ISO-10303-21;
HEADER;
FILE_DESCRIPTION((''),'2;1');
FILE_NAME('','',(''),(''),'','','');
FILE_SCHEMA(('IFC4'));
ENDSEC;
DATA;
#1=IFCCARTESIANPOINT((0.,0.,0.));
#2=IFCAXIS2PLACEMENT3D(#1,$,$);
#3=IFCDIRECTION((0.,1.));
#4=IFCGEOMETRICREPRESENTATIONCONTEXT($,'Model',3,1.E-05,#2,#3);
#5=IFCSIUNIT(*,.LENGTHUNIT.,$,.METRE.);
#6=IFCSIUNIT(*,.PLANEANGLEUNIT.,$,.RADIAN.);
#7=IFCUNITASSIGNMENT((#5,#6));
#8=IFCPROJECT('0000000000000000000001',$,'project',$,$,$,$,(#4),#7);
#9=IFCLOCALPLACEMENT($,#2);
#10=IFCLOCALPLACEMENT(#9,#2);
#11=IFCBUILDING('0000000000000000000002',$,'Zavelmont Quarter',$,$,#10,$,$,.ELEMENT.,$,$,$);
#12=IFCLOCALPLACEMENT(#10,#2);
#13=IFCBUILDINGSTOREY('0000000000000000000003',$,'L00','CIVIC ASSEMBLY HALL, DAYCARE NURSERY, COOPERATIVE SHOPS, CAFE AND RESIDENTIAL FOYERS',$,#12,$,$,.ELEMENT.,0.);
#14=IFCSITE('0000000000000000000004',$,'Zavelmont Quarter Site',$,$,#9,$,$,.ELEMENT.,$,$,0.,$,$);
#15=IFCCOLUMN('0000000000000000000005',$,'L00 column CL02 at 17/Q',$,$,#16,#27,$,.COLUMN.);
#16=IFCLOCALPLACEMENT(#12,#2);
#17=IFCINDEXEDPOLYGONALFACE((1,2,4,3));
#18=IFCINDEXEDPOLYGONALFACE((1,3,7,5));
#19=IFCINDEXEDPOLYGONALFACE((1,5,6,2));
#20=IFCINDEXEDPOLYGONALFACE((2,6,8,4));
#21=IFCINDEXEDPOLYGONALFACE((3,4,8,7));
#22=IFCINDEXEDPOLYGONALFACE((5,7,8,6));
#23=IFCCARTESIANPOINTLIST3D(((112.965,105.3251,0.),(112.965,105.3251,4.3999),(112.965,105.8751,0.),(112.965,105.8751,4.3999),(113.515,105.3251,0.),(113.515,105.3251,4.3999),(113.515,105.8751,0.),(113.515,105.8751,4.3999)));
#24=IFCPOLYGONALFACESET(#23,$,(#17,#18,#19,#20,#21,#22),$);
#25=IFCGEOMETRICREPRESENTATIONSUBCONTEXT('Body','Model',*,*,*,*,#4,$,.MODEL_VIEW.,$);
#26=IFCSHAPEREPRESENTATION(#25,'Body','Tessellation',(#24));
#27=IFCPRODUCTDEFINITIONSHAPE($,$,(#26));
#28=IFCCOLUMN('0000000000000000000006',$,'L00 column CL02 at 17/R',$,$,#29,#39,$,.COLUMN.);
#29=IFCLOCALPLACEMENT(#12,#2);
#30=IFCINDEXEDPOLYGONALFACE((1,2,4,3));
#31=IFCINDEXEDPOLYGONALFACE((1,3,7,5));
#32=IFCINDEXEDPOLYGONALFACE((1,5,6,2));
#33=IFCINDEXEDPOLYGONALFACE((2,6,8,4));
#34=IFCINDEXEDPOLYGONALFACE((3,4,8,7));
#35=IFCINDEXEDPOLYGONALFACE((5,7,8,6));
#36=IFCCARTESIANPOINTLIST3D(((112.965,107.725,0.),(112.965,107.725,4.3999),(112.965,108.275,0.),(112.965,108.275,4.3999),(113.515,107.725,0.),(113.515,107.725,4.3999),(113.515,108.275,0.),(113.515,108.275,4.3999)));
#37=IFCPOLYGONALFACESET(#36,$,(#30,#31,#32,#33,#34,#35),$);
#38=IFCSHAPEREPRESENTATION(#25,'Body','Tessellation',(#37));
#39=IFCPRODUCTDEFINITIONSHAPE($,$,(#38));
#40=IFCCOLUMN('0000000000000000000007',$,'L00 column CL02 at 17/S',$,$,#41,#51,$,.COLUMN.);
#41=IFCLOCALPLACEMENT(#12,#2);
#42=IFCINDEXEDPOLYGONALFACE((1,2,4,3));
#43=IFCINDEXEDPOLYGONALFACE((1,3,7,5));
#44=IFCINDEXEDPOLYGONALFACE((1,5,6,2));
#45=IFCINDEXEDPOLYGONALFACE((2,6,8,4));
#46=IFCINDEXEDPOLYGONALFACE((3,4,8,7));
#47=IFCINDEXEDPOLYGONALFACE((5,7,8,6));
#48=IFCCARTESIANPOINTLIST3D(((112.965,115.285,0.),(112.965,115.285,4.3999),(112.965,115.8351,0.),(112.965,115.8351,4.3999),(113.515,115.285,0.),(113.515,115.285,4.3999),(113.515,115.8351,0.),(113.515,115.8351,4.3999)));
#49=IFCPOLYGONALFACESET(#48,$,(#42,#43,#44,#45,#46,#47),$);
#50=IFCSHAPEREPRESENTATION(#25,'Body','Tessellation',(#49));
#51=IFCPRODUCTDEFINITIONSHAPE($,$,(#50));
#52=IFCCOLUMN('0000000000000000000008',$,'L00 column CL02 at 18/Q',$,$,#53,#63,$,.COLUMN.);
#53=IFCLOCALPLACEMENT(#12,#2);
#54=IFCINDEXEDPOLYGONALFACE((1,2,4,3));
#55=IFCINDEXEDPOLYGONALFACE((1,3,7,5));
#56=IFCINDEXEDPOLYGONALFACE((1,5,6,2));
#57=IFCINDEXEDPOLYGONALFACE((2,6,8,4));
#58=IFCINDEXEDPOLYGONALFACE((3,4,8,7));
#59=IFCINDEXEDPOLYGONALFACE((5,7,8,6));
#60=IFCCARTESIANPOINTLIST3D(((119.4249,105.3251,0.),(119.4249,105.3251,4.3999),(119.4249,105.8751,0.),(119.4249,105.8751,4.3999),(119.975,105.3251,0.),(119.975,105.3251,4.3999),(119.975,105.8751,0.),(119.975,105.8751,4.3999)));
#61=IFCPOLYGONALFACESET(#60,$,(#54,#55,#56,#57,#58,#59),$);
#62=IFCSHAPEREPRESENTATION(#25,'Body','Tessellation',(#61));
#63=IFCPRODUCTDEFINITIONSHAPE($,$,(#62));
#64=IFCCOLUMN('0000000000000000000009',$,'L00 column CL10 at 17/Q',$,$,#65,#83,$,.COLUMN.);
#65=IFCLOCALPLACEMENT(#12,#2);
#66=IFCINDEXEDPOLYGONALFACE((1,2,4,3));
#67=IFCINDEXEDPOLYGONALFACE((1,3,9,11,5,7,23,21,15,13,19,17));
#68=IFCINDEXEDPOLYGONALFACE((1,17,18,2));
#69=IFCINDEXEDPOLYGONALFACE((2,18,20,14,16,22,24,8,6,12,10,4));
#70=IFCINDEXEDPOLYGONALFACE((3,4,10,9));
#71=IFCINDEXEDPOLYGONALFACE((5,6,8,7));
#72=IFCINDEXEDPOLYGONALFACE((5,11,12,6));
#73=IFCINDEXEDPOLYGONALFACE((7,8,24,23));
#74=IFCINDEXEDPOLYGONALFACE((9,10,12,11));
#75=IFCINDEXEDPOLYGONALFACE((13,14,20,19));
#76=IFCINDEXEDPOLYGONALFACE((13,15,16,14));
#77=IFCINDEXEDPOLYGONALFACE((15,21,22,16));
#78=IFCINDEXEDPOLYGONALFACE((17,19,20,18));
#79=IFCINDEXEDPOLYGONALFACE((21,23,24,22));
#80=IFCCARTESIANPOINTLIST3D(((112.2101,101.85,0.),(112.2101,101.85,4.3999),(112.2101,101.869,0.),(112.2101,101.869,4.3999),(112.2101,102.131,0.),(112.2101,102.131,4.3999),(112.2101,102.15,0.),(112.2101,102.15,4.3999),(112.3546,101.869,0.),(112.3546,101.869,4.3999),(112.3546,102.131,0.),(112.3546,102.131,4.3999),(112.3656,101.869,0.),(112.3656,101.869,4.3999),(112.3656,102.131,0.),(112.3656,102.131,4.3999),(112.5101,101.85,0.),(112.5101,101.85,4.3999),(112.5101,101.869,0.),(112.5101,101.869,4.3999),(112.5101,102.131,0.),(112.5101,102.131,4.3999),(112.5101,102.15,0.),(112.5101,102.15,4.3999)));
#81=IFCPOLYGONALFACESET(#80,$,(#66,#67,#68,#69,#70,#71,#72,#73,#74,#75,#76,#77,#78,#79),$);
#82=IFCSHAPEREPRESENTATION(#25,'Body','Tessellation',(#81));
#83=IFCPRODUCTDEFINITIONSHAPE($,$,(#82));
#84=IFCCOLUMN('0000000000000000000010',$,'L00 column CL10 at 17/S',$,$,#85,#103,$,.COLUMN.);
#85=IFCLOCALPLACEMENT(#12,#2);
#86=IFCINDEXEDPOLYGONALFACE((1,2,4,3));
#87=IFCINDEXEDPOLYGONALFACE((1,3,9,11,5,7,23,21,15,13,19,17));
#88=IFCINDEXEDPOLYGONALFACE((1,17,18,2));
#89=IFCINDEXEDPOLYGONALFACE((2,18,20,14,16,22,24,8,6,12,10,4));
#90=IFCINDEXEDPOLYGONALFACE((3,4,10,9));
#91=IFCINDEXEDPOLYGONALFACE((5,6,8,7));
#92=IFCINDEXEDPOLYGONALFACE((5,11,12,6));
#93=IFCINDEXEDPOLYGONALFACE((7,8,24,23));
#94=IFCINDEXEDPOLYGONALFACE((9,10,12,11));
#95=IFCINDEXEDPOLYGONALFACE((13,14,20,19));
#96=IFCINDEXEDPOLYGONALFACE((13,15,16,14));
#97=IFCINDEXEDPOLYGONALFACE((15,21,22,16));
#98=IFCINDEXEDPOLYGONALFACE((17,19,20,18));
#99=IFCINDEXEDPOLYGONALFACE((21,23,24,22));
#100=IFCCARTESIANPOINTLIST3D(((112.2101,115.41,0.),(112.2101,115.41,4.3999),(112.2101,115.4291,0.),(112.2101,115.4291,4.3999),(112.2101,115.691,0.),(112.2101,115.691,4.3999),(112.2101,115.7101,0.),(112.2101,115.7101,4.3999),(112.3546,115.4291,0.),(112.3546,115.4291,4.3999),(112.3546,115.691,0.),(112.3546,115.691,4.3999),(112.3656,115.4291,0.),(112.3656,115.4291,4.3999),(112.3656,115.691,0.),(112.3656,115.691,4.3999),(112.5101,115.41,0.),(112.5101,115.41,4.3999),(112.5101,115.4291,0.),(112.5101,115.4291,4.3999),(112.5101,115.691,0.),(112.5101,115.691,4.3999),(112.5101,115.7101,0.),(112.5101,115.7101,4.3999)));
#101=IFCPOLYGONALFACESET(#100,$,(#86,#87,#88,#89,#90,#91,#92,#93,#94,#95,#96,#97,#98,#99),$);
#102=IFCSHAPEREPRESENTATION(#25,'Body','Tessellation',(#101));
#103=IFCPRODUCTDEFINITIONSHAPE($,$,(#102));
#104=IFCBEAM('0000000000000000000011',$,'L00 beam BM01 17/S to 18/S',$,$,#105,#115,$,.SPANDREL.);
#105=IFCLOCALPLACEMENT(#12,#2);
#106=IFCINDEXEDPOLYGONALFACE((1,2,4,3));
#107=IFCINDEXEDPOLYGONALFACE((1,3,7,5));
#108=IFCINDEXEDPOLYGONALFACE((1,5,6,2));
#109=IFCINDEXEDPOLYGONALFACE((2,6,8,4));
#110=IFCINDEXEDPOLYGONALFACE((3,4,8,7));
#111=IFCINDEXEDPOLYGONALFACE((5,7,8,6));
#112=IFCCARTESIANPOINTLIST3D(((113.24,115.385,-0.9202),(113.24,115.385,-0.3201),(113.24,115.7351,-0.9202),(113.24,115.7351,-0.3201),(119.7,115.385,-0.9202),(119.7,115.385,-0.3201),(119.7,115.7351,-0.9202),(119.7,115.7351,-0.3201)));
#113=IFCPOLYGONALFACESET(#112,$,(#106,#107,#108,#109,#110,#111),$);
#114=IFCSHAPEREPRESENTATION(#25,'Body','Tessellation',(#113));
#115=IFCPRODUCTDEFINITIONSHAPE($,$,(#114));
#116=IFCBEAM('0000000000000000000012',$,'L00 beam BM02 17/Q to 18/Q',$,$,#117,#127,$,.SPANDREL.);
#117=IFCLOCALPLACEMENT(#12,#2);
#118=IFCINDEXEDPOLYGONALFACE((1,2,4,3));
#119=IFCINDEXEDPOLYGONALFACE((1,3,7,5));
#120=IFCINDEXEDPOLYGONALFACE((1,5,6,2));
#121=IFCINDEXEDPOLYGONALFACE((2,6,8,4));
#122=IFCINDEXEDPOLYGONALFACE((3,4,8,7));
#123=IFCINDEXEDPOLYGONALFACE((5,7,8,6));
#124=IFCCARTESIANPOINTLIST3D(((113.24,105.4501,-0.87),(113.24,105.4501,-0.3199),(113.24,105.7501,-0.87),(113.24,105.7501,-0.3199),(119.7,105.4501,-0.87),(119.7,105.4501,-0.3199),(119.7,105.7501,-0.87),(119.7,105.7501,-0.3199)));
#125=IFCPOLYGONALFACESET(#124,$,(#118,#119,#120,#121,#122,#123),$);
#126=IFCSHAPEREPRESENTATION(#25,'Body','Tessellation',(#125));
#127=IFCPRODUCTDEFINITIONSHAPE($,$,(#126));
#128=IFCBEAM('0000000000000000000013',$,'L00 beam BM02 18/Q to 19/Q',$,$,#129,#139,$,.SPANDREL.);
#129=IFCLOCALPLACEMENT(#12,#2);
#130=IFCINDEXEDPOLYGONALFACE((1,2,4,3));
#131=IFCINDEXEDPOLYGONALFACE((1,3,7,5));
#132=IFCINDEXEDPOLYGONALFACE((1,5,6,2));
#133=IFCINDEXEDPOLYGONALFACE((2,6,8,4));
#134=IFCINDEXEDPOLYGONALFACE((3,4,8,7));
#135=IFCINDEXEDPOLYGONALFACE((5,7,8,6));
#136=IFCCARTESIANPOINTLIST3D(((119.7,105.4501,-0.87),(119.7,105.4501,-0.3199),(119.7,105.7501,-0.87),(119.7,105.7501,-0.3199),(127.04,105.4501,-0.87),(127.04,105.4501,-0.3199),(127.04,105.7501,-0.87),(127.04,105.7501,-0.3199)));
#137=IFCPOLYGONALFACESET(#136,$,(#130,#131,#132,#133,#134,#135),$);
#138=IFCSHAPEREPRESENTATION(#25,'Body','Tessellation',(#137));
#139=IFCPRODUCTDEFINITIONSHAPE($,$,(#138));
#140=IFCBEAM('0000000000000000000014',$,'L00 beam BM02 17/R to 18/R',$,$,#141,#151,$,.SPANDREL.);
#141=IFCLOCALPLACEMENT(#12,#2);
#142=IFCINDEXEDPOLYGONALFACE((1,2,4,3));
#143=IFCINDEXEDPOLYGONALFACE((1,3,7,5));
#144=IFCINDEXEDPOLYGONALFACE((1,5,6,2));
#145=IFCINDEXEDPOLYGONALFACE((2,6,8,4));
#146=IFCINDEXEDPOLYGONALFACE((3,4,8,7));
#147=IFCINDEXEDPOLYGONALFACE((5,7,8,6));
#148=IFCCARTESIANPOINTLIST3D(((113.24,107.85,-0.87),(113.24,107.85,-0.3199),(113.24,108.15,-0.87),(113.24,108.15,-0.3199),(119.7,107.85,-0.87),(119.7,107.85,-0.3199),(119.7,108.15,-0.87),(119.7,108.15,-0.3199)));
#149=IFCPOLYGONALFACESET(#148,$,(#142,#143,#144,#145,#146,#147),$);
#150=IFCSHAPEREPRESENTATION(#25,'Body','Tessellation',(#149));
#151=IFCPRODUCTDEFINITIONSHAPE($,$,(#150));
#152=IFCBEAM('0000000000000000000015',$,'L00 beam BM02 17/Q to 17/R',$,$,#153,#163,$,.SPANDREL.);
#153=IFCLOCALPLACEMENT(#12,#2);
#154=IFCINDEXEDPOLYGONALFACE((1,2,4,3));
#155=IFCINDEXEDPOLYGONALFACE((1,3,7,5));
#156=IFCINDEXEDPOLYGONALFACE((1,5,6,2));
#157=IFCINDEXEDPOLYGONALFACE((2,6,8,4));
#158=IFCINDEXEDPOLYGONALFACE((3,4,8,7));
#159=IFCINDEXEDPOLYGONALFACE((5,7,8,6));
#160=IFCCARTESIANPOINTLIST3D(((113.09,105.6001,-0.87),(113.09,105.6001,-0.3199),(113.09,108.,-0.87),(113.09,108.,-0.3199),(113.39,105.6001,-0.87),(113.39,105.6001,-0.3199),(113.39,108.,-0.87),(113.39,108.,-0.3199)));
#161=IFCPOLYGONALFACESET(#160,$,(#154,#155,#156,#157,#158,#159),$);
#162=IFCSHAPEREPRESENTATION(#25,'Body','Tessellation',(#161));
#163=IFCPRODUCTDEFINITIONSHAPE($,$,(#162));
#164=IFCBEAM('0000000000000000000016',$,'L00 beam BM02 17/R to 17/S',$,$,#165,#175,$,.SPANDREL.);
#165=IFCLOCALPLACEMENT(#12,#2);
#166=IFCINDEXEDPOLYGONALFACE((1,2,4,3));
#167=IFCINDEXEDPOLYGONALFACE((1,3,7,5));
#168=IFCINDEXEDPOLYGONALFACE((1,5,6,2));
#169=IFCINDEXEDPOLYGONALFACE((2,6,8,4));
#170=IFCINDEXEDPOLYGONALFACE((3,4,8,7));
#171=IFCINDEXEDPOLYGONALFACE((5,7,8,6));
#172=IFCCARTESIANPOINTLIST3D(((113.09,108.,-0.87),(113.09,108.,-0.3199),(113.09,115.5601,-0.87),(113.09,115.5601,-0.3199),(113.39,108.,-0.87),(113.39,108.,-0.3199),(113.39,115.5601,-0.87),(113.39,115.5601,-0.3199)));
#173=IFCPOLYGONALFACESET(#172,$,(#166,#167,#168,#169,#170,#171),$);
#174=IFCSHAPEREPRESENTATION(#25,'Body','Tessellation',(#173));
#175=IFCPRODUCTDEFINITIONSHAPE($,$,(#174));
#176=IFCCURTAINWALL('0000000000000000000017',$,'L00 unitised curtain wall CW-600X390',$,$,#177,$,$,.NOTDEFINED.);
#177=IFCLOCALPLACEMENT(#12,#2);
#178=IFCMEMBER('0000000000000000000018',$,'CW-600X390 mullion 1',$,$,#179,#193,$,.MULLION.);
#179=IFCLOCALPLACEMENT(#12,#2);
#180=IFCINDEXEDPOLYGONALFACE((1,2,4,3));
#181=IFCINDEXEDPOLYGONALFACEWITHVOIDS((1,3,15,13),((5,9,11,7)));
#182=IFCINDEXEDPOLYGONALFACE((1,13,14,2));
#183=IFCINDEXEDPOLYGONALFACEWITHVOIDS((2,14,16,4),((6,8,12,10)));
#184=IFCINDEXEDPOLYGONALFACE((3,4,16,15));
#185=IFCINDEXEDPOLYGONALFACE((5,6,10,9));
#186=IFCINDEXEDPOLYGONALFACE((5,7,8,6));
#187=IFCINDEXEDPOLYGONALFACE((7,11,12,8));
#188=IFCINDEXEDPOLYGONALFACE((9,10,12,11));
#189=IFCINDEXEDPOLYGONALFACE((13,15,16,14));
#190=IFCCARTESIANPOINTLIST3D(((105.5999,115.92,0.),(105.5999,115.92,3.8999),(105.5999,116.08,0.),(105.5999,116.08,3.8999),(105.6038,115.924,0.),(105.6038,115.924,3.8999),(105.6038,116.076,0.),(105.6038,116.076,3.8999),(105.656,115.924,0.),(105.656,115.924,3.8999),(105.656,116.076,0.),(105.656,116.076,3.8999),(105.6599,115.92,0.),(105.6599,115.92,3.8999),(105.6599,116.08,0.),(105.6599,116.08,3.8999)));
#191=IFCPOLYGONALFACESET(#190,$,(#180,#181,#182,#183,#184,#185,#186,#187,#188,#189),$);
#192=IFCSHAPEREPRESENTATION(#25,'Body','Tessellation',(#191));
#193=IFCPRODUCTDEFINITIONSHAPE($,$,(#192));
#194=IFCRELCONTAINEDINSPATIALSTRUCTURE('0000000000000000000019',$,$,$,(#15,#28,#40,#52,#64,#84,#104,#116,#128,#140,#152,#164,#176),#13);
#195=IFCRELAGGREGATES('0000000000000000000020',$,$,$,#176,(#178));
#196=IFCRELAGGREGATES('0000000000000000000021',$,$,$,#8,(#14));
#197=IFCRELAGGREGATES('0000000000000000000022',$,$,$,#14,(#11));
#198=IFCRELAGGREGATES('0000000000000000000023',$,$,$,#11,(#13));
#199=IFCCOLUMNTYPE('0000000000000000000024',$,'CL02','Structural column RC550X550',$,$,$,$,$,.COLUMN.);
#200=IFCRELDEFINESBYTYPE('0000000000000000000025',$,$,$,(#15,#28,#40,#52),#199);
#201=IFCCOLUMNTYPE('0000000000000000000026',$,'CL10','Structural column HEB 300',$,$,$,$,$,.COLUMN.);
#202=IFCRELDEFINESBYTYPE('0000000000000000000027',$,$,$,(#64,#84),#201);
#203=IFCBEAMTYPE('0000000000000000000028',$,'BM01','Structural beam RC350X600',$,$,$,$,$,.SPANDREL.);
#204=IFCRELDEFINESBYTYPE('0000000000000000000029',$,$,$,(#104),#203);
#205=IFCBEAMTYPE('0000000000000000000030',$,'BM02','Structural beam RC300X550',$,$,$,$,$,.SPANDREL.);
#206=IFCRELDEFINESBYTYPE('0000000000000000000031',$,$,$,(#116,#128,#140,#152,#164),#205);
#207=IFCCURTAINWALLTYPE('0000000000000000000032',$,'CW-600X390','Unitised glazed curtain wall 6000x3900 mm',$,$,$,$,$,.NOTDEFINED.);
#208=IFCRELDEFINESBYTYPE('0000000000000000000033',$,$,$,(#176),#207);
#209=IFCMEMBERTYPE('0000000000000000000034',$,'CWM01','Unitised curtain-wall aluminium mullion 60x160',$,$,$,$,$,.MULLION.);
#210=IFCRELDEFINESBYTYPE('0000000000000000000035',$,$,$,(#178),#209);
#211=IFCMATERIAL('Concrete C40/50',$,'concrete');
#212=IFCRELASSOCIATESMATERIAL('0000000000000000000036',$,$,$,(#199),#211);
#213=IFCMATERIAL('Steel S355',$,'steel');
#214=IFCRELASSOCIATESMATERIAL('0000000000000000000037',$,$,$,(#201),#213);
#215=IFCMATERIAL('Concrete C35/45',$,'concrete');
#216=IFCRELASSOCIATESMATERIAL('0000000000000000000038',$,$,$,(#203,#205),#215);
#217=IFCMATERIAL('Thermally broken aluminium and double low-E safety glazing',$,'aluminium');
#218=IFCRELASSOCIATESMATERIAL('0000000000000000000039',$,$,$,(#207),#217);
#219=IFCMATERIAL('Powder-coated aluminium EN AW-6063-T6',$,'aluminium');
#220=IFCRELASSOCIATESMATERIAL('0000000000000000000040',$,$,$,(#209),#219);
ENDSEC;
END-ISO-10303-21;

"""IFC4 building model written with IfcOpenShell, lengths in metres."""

from ifc_helpers import new_model, si_unit, direction, frame, origin, origin_2d, place, context, subcontext, project, spatial, rectangle, hollow_rectangle, i_section, extrude, material, material_profile, profile_set, type_object, element, aggregate, save


model = new_model("IFC4")

# Units and contexts
model_context = context("Model", 3, precision=1e-05, world=origin(), true_north=direction((0.0, 1.0)))
body_context = subcontext(model_context, "Body", "Model", "MODEL_VIEW")
ifc_project = project(units=[si_unit("LENGTHUNIT", "METRE"), si_unit("PLANEANGLEUNIT", "RADIAN")], contexts=[model_context])

# Site, building, storey
site_placement = place(None, origin())
site = spatial("IfcSite", under=ifc_project, at=site_placement, Name="Zavelmont Quarter Site", CompositionType="ELEMENT", RefElevation=0.0)
building_placement = place(site_placement, origin())
building = spatial("IfcBuilding", under=site, at=building_placement, Name="Zavelmont Quarter", CompositionType="ELEMENT")
storey_placement = place(building_placement, origin())
storey = spatial("IfcBuildingStorey", under=building, at=storey_placement, Name="L00", Description="CIVIC ASSEMBLY HALL, DAYCARE NURSERY, COOPERATIVE SHOPS, CAFE AND RESIDENTIAL FOYERS", CompositionType="ELEMENT", Elevation=0.0)

# Columns
ifc_material_1 = material(Name="Concrete C40/50", Category="concrete")
ifc_material_profile_1 = material_profile(ifc_material_1, rectangle(XDim=0.55, YDim=0.55, at=origin_2d()), Name="RC550X550")
ifc_profile_set_1 = profile_set([ifc_material_profile_1], Name="Concrete C40/50")
column_type_1 = type_object("IfcColumnType", Name="CL02", Description="Structural column RC550X550", PredefinedType="COLUMN", material=ifc_profile_set_1)
for number, where, z_axis, x_axis, name in (
    (1, (113.24, 105.6001, 0.0), (0.0, 0.0, 1.0), (1.0, 0.0, 0.0), "L00 column CL02 at 17/Q"),
    (2, (113.24, 108.0, 0.0), (0.0, 0.0, 1.0), (1.0, 0.0, 0.0), "L00 column CL02 at 17/R"),
    (3, (113.24, 115.5601, 0.0), (0.0, 0.0, 1.0), (1.0, 0.0, 0.0), "L00 column CL02 at 17/S"),
    (4, (119.7, 105.6001, 0.0), (0.0, 0.0, 1.0), (1.0, 0.0, 0.0), "L00 column CL02 at 18/Q"),
):
    element("IfcColumn", number, at=place(storey_placement, frame(where, z_axis=z_axis, x_axis=x_axis)), inside=storey, type_object=column_type_1, Name=name, PredefinedType="COLUMN", context=body_context, shape_type="SweptSolid", body=[
        extrude(rectangle(XDim=0.55, YDim=0.55, at=origin_2d()), origin(), (0.0, 0.0, 1.0), 4.3999),
    ])
ifc_material_2 = material(Name="Steel S355", Category="steel")
ifc_material_profile_2 = material_profile(ifc_material_2, i_section(OverallWidth=0.3, OverallDepth=0.3, WebThickness=0.011, FlangeThickness=0.019, at=origin_2d()), Name="HEB 300")
ifc_profile_set_2 = profile_set([ifc_material_profile_2], Name="Steel S355")
column_type_2 = type_object("IfcColumnType", Name="CL10", Description="Structural column HEB 300", PredefinedType="COLUMN", material=ifc_profile_set_2)
for number, where, z_axis, x_axis, name in (
    (5, (112.3601, 102.0, 0.0), (0.0, 0.0, 1.0), (1.0, 0.0, 0.0), "L00 column CL10 at 17/Q"),
    (6, (112.3601, 115.5601, 0.0), (0.0, 0.0, 1.0), (1.0, 0.0, 0.0), "L00 column CL10 at 17/S"),
):
    element("IfcColumn", number, at=place(storey_placement, frame(where, z_axis=z_axis, x_axis=x_axis)), inside=storey, type_object=column_type_2, Name=name, PredefinedType="COLUMN", context=body_context, shape_type="SweptSolid", body=[
        extrude(i_section(OverallWidth=0.3, OverallDepth=0.3, WebThickness=0.011, FlangeThickness=0.019, at=origin_2d()), origin(), (0.0, 0.0, 1.0), 4.3999),
    ])

# Beams
ifc_material_3 = material(Name="Concrete C35/45", Category="concrete")
ifc_material_profile_3 = material_profile(ifc_material_3, rectangle(XDim=0.3501, YDim=0.6001, at=origin_2d()), Name="RC350X600")
ifc_profile_set_3 = profile_set([ifc_material_profile_3], Name="Concrete C35/45")
beam_type_1 = type_object("IfcBeamType", Name="BM01", Description="Structural beam RC350X600", PredefinedType="SPANDREL", material=ifc_profile_set_3)
beam_1_placement = place(storey_placement, frame((113.24, 115.5601, -0.6201), z_axis=(1.0, 0.0, 0.0), x_axis=(0.0, 1.0, 0.0)))
element("IfcBeam", 7, at=beam_1_placement, inside=storey, type_object=beam_type_1, Name="L00 beam BM01 17/S to 18/S", PredefinedType="SPANDREL", context=body_context, shape_type="SweptSolid", body=[
    extrude(rectangle(XDim=0.3501, YDim=0.6001, at=origin_2d()), origin(), (0.0, 0.0, 1.0), 6.46),
])
ifc_material_profile_4 = material_profile(ifc_material_3, rectangle(XDim=0.3, YDim=0.55, at=origin_2d()), Name="RC300X550")
ifc_profile_set_4 = profile_set([ifc_material_profile_4], Name="Concrete C35/45")
beam_type_2 = type_object("IfcBeamType", Name="BM02", Description="Structural beam RC300X550", PredefinedType="SPANDREL", material=ifc_profile_set_4)
beam_2_placement = place(storey_placement, frame((113.24, 105.6001, -0.595), z_axis=(1.0, 0.0, 0.0), x_axis=(0.0, 1.0, 0.0)))
element("IfcBeam", 8, at=beam_2_placement, inside=storey, type_object=beam_type_2, Name="L00 beam BM02 17/Q to 18/Q", PredefinedType="SPANDREL", context=body_context, shape_type="SweptSolid", body=[
    extrude(rectangle(XDim=0.3, YDim=0.55, at=origin_2d()), origin(), (0.0, 0.0, 1.0), 6.46),
])
beam_3_placement = place(storey_placement, frame((119.7, 105.6001, -0.595), z_axis=(1.0, 0.0, 0.0), x_axis=(0.0, 1.0, 0.0)))
element("IfcBeam", 9, at=beam_3_placement, inside=storey, type_object=beam_type_2, Name="L00 beam BM02 18/Q to 19/Q", PredefinedType="SPANDREL", context=body_context, shape_type="SweptSolid", body=[
    extrude(rectangle(XDim=0.3, YDim=0.55, at=origin_2d()), origin(), (0.0, 0.0, 1.0), 7.3401),
])
beam_4_placement = place(storey_placement, frame((113.24, 108.0, -0.595), z_axis=(1.0, 0.0, 0.0), x_axis=(0.0, 1.0, 0.0)))
element("IfcBeam", 10, at=beam_4_placement, inside=storey, type_object=beam_type_2, Name="L00 beam BM02 17/R to 18/R", PredefinedType="SPANDREL", context=body_context, shape_type="SweptSolid", body=[
    extrude(rectangle(XDim=0.3, YDim=0.55, at=origin_2d()), origin(), (0.0, 0.0, 1.0), 6.46),
])
beam_5_placement = place(storey_placement, frame((113.24, 105.6001, -0.595), z_axis=(0.0, 1.0, 0.0), x_axis=(-1.0, 0.0, 0.0)))
element("IfcBeam", 11, at=beam_5_placement, inside=storey, type_object=beam_type_2, Name="L00 beam BM02 17/Q to 17/R", PredefinedType="SPANDREL", context=body_context, shape_type="SweptSolid", body=[
    extrude(rectangle(XDim=0.3, YDim=0.55, at=origin_2d()), origin(), (0.0, 0.0, 1.0), 2.3999),
])
beam_6_placement = place(storey_placement, frame((113.24, 108.0, -0.595), z_axis=(0.0, 1.0, 0.0), x_axis=(-1.0, 0.0, 0.0)))
element("IfcBeam", 12, at=beam_6_placement, inside=storey, type_object=beam_type_2, Name="L00 beam BM02 17/R to 17/S", PredefinedType="SPANDREL", context=body_context, shape_type="SweptSolid", body=[
    extrude(rectangle(XDim=0.3, YDim=0.55, at=origin_2d()), origin(), (0.0, 0.0, 1.0), 7.5601),
])

# Curtain wall, member
ifc_material_4 = material(Name="Thermally broken aluminium and double low-E safety glazing", Category="aluminium")
curtain_wall_type_1 = type_object("IfcCurtainWallType", Name="CW-600X390", Description="Unitised glazed curtain wall 6000x3900 mm", PredefinedType="NOTDEFINED", material=ifc_material_4)
curtain_wall_1_placement = place(storey_placement, origin())
curtain_wall_1 = element("IfcCurtainWall", 13, at=curtain_wall_1_placement, inside=storey, type_object=curtain_wall_type_1, Name="L00 unitised curtain wall CW-600X390", PredefinedType="NOTDEFINED")
ifc_material_5 = material(Name="Powder-coated aluminium EN AW-6063-T6", Category="aluminium")
ifc_material_profile_5 = material_profile(ifc_material_5, hollow_rectangle(XDim=0.0601, YDim=0.1599, WallThickness=0.0039, at=origin_2d()), Name="CWM60X160")
ifc_profile_set_5 = profile_set([ifc_material_profile_5], Name="Powder-coated aluminium EN AW-6063-T6")
member_type_1 = type_object("IfcMemberType", Name="CWM01", Description="Unitised curtain-wall aluminium mullion 60x160", PredefinedType="MULLION", material=ifc_profile_set_5)
member_1_placement = place(storey_placement, frame((105.6299, 116.0, 0.0), z_axis=(0.0, 0.0, 1.0), x_axis=(1.0, 0.0, 0.0)))
member_1 = element("IfcMember", 14, at=member_1_placement, type_object=member_type_1, Name="CW-600X390 mullion 1", PredefinedType="MULLION", context=body_context, shape_type="SweptSolid", body=[
    extrude(hollow_rectangle(XDim=0.0601, YDim=0.1599, WallThickness=0.0039, at=origin_2d()), origin(), (0.0, 0.0, 1.0), 3.8999),
])

aggregate(curtain_wall_1, [member_1])

save(model, "model.ifc")
